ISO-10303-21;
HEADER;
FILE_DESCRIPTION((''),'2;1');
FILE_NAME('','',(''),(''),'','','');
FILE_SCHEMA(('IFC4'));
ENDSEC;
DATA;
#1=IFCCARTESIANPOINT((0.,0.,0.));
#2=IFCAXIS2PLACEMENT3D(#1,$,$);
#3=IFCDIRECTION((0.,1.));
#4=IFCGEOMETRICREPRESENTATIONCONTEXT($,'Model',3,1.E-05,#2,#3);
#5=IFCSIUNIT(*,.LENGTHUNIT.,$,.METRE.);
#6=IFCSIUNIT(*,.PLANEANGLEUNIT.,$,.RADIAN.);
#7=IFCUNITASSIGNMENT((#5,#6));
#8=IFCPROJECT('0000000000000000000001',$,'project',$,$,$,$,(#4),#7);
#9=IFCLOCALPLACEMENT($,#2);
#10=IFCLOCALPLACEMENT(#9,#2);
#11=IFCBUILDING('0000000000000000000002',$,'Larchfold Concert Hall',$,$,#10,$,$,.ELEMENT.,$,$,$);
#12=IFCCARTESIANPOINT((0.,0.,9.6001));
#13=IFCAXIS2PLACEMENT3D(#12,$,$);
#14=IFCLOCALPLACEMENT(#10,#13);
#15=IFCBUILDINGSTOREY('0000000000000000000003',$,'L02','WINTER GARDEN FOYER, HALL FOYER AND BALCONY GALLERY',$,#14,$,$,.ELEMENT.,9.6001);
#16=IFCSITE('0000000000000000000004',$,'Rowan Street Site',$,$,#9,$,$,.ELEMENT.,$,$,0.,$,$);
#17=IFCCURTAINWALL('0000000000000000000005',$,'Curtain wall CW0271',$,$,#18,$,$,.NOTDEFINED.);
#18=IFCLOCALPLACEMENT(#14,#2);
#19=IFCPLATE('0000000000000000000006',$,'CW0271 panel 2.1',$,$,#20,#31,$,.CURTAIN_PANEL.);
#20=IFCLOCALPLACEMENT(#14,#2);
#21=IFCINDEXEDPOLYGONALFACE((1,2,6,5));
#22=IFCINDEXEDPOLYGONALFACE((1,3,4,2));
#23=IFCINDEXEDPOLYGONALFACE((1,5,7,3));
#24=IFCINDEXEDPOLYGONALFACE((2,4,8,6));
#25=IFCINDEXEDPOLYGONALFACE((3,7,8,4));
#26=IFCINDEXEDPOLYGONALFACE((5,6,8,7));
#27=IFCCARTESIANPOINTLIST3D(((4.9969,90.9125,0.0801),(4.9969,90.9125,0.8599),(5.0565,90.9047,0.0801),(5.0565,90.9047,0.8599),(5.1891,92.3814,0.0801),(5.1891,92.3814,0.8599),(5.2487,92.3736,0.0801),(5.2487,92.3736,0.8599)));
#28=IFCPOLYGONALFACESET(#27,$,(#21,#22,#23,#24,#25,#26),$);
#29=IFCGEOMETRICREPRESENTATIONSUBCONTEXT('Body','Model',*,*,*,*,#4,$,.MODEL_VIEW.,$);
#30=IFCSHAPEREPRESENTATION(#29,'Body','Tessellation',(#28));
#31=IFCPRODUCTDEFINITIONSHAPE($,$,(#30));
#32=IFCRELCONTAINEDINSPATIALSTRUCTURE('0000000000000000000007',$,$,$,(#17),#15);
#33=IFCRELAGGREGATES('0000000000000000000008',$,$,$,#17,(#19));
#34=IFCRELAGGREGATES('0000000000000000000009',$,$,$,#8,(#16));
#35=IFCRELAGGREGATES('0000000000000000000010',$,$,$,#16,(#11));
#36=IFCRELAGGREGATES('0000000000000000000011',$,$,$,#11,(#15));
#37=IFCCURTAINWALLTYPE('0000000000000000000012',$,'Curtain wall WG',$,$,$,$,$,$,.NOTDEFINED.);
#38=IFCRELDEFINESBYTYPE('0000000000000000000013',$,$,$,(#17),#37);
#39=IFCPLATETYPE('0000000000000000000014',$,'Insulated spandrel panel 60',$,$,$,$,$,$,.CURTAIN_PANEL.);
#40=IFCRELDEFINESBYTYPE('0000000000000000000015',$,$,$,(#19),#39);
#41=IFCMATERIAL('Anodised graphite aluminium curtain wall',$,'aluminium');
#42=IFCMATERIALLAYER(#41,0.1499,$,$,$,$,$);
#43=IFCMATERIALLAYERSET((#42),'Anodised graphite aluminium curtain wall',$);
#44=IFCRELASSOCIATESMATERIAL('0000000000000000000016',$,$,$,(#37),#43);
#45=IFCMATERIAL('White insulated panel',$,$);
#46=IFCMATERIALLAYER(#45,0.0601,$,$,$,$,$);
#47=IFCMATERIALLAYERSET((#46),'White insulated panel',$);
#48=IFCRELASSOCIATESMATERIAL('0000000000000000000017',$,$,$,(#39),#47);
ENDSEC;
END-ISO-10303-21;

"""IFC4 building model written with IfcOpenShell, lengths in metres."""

from ifc_helpers import new_model, si_unit, direction, frame, origin, origin_2d, place, context, subcontext, project, spatial, rectangle, extrude, material, layer, layer_set, type_object, element, aggregate, save


model = new_model("IFC4")

# Units and contexts
model_context = context("Model", 3, precision=1e-05, world=origin(), true_north=direction((0.0, 1.0)))
body_context = subcontext(model_context, "Body", "Model", "MODEL_VIEW")
ifc_project = project(units=[si_unit("LENGTHUNIT", "METRE"), si_unit("PLANEANGLEUNIT", "RADIAN")], contexts=[model_context])

# Site, building, storey
site_placement = place(None, origin())
site = spatial("IfcSite", under=ifc_project, at=site_placement, Name="Rowan Street Site", CompositionType="ELEMENT", RefElevation=0.0)
building_placement = place(site_placement, origin())
building = spatial("IfcBuilding", under=site, at=building_placement, Name="Larchfold Concert Hall", CompositionType="ELEMENT")
storey_placement = place(building_placement, frame((0.0, 0.0, 9.6001)))
storey = spatial("IfcBuildingStorey", under=building, at=storey_placement, Name="L02", Description="WINTER GARDEN FOYER, HALL FOYER AND BALCONY GALLERY", CompositionType="ELEMENT", Elevation=9.6001)

# Curtain wall
ifc_material_1 = material(Name="Anodised graphite aluminium curtain wall", Category="aluminium")
ifc_layer_1 = layer(ifc_material_1, 0.1499)
ifc_layer_set_1 = layer_set([ifc_layer_1], Name="Anodised graphite aluminium curtain wall")
curtain_wall_type = type_object("IfcCurtainWallType", Name="Curtain wall WG", PredefinedType="NOTDEFINED", material=ifc_layer_set_1)
curtain_wall_1_placement = place(storey_placement, origin())
curtain_wall_1 = element("IfcCurtainWall", 1, at=curtain_wall_1_placement, inside=storey, type_object=curtain_wall_type, Name="Curtain wall CW0271", PredefinedType="NOTDEFINED")

# Plate
ifc_material_2 = material(Name="White insulated panel")
ifc_layer_2 = layer(ifc_material_2, 0.0601)
ifc_layer_set_2 = layer_set([ifc_layer_2], Name="White insulated panel")
plate_type_1 = type_object("IfcPlateType", Name="Insulated spandrel panel 60", PredefinedType="CURTAIN_PANEL", material=ifc_layer_set_2)
plate_1_placement = place(storey_placement, frame((5.1228, 91.6431, 0.0801), z_axis=(0.0, 0.0, 1.0), x_axis=(-0.129731, -0.991549, 0.0)))
plate_1 = element("IfcPlate", 2, at=plate_1_placement, type_object=plate_type_1, Name="CW0271 panel 2.1", PredefinedType="CURTAIN_PANEL", context=body_context, shape_type="SweptSolid", body=[
    extrude(rectangle(XDim=1.4814, YDim=0.0601, at=origin_2d()), origin(), (0.0, 0.0, 1.0), 0.7798),
])
aggregate(curtain_wall_1, [plate_1])

save(model, "model.ifc")
